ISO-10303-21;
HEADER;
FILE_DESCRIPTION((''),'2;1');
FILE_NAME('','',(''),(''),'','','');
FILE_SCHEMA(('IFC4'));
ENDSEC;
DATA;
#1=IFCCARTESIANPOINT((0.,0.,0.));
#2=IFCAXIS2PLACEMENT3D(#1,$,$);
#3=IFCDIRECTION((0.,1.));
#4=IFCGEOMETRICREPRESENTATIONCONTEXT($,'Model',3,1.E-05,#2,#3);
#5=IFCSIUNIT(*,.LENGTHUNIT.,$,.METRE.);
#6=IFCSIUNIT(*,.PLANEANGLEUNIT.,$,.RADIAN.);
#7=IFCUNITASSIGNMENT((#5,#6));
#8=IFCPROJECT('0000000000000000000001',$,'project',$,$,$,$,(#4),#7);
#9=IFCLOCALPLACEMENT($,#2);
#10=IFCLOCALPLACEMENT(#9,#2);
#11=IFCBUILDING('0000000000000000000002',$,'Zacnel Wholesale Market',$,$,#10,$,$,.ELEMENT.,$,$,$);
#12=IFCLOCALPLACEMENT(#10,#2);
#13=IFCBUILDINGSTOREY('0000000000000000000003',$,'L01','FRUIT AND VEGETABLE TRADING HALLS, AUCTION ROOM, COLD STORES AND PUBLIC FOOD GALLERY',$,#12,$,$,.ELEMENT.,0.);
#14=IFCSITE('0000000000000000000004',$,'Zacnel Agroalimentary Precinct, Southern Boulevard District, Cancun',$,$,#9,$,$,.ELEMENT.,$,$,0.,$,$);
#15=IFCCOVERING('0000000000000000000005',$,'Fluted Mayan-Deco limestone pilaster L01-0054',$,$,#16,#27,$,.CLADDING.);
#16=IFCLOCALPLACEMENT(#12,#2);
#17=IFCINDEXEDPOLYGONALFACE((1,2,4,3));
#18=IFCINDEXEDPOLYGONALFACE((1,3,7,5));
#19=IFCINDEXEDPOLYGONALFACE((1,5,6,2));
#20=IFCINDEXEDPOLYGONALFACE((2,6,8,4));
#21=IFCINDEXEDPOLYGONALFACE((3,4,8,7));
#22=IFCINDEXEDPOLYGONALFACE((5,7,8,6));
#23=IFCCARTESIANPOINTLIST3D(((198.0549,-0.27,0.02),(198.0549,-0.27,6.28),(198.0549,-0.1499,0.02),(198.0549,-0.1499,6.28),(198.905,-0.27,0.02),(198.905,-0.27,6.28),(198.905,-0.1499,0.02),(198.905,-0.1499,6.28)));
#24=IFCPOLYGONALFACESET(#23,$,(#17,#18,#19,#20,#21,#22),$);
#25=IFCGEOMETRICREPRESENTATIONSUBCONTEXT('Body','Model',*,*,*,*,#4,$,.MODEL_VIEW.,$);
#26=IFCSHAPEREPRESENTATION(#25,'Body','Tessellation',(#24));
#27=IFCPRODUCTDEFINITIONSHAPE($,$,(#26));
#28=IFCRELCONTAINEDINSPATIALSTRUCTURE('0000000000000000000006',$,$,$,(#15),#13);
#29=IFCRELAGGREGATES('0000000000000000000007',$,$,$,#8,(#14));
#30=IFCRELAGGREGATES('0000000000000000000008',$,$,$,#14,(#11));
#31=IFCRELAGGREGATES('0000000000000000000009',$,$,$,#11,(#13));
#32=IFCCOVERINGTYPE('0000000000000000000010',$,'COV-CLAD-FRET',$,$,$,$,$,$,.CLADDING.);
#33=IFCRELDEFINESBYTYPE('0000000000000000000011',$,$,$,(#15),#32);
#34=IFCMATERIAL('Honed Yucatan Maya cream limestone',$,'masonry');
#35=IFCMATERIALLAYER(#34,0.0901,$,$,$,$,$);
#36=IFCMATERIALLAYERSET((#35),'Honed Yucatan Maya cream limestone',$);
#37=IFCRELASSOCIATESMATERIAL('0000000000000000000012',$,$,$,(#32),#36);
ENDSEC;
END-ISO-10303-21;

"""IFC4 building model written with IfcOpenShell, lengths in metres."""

from ifc_helpers import new_model, si_unit, direction, frame, origin, origin_2d, place, context, subcontext, project, spatial, rectangle, extrude, material, layer, layer_set, type_object, element, save


model = new_model("IFC4")

# Units and contexts
model_context = context("Model", 3, precision=1e-05, world=origin(), true_north=direction((0.0, 1.0)))
body_context = subcontext(model_context, "Body", "Model", "MODEL_VIEW")
ifc_project = project(units=[si_unit("LENGTHUNIT", "METRE"), si_unit("PLANEANGLEUNIT", "RADIAN")], contexts=[model_context])

# Site, building, storey
site_placement = place(None, origin())
site = spatial("IfcSite", under=ifc_project, at=site_placement, Name="Zacnel Agroalimentary Precinct, Southern Boulevard District, Cancun", CompositionType="ELEMENT", RefElevation=0.0)
building_placement = place(site_placement, origin())
building = spatial("IfcBuilding", under=site, at=building_placement, Name="Zacnel Wholesale Market", CompositionType="ELEMENT")
storey_placement = place(building_placement, origin())
storey = spatial("IfcBuildingStorey", under=building, at=storey_placement, Name="L01", Description="FRUIT AND VEGETABLE TRADING HALLS, AUCTION ROOM, COLD STORES AND PUBLIC FOOD GALLERY", CompositionType="ELEMENT", Elevation=0.0)

# Covering
ifc_material_1 = material(Name="Honed Yucatan Maya cream limestone", Category="masonry")
ifc_layer_1 = layer(ifc_material_1, 0.0901)
ifc_layer_set_1 = layer_set([ifc_layer_1], Name="Honed Yucatan Maya cream limestone")
covering_type = type_object("IfcCoveringType", Name="COV-CLAD-FRET", PredefinedType="CLADDING", material=ifc_layer_set_1)
covering_placement = place(storey_placement, frame((198.48, -0.21, 0.02), z_axis=(0.0, 0.0, 1.0), x_axis=(1.0, 0.0, 0.0)))
element("IfcCovering", 1, at=covering_placement, inside=storey, type_object=covering_type, Name="Fluted Mayan-Deco limestone pilaster L01-0054", PredefinedType="CLADDING", context=body_context, shape_type="SweptSolid", body=[
    extrude(rectangle(XDim=0.8501, YDim=0.1201, at=origin_2d()), origin(), (0.0, 0.0, 1.0), 6.26),
])

save(model, "model.ifc")
